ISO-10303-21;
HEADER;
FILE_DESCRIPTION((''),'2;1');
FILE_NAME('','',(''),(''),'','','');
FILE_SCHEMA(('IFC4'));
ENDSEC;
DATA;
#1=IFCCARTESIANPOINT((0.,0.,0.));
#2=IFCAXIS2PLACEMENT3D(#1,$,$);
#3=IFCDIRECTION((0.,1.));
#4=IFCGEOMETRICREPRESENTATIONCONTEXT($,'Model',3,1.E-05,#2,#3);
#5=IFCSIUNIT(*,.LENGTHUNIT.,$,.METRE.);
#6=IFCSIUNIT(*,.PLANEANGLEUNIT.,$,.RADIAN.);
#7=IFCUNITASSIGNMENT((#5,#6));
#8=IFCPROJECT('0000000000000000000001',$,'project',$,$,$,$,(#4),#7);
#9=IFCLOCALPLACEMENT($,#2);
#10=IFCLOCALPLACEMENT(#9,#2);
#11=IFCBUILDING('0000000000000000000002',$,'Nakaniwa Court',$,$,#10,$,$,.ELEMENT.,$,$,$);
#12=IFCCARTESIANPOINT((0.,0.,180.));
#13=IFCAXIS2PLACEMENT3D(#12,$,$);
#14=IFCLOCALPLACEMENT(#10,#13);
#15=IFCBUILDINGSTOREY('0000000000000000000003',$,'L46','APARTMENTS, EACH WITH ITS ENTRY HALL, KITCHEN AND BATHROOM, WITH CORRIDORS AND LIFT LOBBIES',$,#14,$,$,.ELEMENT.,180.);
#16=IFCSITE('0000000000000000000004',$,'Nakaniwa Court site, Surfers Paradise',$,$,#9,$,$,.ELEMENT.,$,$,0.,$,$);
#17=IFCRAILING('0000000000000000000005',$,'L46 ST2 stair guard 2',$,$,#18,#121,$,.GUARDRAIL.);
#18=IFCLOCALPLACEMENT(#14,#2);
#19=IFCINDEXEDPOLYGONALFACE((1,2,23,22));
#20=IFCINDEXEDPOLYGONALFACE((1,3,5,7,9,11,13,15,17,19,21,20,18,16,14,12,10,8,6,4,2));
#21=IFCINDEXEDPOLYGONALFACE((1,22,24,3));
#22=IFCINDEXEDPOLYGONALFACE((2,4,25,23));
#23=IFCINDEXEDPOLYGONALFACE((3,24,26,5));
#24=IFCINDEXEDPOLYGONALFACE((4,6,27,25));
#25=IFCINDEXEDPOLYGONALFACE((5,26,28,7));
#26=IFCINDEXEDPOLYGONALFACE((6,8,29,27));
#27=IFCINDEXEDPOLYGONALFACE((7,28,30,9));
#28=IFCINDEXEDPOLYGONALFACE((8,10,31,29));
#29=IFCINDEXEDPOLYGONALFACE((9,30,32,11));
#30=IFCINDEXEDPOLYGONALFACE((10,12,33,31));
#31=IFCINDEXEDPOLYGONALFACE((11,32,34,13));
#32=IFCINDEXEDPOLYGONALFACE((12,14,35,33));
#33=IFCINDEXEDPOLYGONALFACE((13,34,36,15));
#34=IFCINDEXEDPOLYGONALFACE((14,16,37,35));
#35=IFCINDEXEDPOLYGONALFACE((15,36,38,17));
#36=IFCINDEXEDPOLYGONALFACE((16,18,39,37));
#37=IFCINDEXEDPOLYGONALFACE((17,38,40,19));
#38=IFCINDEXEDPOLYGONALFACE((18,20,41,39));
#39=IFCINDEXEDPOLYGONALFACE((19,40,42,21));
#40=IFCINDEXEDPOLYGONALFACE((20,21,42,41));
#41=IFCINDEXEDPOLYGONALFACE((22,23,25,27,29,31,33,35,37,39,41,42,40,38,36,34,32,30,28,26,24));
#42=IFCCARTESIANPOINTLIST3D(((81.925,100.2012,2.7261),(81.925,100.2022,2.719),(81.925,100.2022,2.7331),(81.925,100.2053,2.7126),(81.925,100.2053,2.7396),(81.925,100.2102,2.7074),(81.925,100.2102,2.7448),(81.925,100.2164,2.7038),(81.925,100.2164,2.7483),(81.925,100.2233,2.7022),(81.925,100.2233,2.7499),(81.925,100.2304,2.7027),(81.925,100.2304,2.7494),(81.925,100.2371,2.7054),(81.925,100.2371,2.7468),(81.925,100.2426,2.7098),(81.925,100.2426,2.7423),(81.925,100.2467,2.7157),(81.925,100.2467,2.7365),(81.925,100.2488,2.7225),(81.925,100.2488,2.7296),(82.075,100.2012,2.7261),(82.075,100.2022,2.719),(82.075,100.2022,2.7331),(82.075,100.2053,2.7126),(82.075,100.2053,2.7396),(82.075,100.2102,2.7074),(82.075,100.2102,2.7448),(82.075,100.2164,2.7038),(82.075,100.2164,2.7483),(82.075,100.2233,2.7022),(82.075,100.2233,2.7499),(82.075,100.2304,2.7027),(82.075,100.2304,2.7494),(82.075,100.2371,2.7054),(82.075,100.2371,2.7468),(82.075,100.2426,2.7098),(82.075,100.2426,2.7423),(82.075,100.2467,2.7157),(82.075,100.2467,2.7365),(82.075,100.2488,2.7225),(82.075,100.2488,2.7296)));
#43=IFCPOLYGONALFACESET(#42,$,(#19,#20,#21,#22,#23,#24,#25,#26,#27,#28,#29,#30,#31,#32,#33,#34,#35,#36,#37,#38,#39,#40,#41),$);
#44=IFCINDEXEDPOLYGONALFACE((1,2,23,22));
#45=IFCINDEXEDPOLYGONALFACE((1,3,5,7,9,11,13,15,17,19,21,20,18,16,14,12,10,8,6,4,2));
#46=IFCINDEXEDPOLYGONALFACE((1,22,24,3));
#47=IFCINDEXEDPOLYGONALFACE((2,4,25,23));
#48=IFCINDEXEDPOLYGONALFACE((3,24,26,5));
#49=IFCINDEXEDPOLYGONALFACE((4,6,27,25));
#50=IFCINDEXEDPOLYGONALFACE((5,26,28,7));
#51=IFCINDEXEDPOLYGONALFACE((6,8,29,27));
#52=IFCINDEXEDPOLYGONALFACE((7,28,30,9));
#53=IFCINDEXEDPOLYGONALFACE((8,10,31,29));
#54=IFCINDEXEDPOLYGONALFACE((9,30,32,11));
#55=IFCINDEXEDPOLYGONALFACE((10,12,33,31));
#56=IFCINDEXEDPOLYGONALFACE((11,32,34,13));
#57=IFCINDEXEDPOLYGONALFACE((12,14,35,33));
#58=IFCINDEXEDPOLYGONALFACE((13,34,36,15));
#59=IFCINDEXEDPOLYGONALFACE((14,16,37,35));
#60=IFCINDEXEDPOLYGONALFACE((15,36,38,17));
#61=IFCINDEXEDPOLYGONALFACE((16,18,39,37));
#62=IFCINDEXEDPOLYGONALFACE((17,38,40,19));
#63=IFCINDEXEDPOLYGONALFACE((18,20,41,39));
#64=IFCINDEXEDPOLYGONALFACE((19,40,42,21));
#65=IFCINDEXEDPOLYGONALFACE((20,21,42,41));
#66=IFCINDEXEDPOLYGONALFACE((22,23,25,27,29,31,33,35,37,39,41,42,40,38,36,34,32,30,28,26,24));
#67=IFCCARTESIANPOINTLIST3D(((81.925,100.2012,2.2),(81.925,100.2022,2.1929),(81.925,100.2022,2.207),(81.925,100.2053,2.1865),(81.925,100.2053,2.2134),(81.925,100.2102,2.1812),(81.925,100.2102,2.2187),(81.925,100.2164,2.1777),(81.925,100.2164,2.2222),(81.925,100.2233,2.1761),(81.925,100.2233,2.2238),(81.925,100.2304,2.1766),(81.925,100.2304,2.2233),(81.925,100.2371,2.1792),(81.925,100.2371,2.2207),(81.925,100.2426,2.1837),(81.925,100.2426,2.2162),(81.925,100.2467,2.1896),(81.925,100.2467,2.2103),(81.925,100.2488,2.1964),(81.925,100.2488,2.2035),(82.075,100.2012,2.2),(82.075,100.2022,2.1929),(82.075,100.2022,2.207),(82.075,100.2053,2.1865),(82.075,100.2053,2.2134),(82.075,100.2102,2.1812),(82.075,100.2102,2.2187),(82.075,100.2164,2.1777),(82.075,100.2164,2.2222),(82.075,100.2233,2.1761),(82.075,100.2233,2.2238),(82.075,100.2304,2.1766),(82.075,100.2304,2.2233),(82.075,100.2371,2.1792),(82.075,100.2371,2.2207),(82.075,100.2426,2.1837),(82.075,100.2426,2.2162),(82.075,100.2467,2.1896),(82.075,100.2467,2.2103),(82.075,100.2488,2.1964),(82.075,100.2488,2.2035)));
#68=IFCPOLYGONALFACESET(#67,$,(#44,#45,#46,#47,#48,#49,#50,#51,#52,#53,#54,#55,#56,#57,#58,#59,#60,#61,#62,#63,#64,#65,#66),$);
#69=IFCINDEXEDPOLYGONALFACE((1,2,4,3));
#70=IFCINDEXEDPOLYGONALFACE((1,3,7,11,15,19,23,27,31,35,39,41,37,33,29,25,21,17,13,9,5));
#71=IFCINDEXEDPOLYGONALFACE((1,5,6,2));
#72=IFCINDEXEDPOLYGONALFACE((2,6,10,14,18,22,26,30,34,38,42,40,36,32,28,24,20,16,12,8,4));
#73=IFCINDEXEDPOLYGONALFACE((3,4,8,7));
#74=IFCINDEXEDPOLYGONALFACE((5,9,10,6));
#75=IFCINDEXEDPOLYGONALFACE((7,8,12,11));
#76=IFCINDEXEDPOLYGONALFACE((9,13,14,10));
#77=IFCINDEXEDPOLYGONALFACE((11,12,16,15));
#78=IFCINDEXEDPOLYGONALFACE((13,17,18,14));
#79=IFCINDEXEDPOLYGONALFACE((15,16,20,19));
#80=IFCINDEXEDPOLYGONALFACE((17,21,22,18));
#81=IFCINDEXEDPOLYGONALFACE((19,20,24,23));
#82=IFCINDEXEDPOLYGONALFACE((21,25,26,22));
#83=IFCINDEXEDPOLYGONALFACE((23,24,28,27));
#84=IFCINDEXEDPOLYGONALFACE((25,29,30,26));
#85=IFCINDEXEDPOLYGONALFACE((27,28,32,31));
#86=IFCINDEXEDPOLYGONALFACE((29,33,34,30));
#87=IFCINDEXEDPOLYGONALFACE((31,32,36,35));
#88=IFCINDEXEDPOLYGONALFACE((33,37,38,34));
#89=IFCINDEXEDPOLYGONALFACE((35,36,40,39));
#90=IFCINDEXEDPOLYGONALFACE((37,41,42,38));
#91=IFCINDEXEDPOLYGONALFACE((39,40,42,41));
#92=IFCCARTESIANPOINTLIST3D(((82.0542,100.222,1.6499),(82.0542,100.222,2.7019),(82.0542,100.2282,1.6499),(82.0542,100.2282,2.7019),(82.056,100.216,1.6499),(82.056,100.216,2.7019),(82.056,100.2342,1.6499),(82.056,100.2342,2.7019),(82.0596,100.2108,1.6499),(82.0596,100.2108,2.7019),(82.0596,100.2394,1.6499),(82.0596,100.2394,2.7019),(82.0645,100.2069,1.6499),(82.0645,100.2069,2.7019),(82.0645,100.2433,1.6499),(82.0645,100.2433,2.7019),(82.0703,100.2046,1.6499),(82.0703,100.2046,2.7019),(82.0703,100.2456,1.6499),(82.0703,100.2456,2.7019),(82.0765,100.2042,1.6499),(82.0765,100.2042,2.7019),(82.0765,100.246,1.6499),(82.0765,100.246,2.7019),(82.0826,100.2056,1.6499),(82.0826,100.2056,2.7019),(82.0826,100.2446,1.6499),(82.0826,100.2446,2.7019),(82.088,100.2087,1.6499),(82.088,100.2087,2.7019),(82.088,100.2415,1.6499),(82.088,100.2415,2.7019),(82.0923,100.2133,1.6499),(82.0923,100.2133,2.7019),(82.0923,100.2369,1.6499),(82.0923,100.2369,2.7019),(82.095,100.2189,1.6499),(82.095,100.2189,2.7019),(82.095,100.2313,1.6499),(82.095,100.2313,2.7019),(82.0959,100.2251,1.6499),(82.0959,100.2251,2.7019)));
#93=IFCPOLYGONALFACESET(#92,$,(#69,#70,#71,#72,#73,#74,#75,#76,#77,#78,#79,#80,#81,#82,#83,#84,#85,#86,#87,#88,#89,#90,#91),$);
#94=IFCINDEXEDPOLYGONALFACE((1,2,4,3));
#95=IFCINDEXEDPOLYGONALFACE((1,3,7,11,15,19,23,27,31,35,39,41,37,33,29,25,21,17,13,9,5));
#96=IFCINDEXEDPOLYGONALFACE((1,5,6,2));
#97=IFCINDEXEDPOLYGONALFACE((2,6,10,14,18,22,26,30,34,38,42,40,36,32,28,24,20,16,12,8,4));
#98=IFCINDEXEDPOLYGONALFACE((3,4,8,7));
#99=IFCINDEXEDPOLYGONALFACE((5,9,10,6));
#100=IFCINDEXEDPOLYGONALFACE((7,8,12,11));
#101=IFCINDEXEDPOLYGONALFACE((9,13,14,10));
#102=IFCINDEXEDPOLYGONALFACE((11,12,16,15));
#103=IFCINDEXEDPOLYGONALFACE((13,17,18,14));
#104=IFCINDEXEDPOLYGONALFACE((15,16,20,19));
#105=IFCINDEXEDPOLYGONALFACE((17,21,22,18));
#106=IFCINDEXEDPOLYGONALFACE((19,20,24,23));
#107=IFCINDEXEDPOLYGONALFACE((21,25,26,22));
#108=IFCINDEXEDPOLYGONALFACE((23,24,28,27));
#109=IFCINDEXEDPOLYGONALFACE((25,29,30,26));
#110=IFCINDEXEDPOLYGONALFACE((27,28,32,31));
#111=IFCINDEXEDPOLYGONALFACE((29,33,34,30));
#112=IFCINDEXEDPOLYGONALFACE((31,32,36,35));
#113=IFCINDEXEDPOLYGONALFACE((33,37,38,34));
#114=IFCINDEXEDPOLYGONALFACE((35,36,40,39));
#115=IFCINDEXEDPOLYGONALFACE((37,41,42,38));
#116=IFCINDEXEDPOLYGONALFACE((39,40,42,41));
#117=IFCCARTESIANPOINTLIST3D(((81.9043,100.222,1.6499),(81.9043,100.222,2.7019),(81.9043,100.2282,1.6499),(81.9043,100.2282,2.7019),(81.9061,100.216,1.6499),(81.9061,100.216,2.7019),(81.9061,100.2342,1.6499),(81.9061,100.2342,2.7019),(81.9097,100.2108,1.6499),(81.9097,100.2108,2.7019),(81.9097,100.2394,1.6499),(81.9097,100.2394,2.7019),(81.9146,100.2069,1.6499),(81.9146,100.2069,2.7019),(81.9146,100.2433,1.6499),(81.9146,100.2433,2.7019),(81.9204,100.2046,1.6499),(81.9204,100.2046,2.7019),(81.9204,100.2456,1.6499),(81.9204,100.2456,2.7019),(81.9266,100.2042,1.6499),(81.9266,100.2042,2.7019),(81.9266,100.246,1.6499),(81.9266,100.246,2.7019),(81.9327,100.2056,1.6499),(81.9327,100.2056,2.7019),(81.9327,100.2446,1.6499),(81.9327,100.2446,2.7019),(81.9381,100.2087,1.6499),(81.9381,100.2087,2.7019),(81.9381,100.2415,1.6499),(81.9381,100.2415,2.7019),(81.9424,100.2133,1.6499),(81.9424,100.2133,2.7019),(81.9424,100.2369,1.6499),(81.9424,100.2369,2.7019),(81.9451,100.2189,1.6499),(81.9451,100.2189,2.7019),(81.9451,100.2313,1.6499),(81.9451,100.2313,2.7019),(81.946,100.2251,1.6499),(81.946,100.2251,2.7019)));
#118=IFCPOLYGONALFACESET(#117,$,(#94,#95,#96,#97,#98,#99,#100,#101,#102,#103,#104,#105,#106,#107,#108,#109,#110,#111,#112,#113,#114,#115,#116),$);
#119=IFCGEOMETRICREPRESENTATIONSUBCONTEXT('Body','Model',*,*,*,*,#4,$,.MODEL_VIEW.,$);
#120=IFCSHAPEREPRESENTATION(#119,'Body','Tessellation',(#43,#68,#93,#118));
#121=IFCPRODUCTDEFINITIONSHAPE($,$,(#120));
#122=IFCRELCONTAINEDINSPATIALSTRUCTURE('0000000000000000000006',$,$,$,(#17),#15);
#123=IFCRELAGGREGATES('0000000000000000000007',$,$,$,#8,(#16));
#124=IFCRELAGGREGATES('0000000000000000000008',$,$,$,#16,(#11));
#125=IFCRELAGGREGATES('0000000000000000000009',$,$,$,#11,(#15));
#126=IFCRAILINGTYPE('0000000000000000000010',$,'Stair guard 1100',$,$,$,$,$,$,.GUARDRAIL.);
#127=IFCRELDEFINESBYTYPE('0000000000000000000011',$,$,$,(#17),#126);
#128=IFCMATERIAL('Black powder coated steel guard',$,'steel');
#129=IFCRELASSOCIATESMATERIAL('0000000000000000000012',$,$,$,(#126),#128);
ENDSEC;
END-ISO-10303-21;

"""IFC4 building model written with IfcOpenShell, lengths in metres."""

from ifc_helpers import new_model, si_unit, direction, frame, origin, origin_2d, place, context, subcontext, project, spatial, circle, extrude, material, type_object, element, save


model = new_model("IFC4")

# Units and contexts
model_context = context("Model", 3, precision=1e-05, world=origin(), true_north=direction((0.0, 1.0)))
body_context = subcontext(model_context, "Body", "Model", "MODEL_VIEW")
ifc_project = project(units=[si_unit("LENGTHUNIT", "METRE"), si_unit("PLANEANGLEUNIT", "RADIAN")], contexts=[model_context])

# Site, building, storey
site_placement = place(None, origin())
site = spatial("IfcSite", under=ifc_project, at=site_placement, Name="Nakaniwa Court site, Surfers Paradise", CompositionType="ELEMENT", RefElevation=0.0)
building_placement = place(site_placement, origin())
building = spatial("IfcBuilding", under=site, at=building_placement, Name="Nakaniwa Court", CompositionType="ELEMENT")
storey_placement = place(building_placement, frame((0.0, 0.0, 180.0)))
storey = spatial("IfcBuildingStorey", under=building, at=storey_placement, Name="L46", Description="APARTMENTS, EACH WITH ITS ENTRY HALL, KITCHEN AND BATHROOM, WITH CORRIDORS AND LIFT LOBBIES", CompositionType="ELEMENT", Elevation=180.0)

# Railing
ifc_material_1 = material(Name="Black powder coated steel guard", Category="steel")
railing_type_1 = type_object("IfcRailingType", Name="Stair guard 1100", PredefinedType="GUARDRAIL", material=ifc_material_1)
railing_1_placement = place(storey_placement, frame((82.075, 100.2251, 1.6499)))
element("IfcRailing", 1, at=railing_1_placement, inside=storey, type_object=railing_type_1, Name="L46 ST2 stair guard 2", PredefinedType="GUARDRAIL", context=body_context, shape_type="SweptSolid", body=[
    extrude(circle(Radius=0.0239, at=origin_2d()), frame((0.0, 0.0, 1.0762), z_axis=(-1.0, 0.0, 0.0), x_axis=(0.0, -1.0, 0.0)), (0.0, 0.0, 1.0), 0.1499),
    extrude(circle(Radius=0.0239, at=origin_2d()), frame((0.0, 0.0, 0.55), z_axis=(-1.0, 0.0, 0.0), x_axis=(0.0, -1.0, 0.0)), (0.0, 0.0, 1.0), 0.1499),
    extrude(circle(Radius=0.021, at=origin_2d()), origin(), (0.0, 0.0, 1.0), 1.052),
    extrude(circle(Radius=0.021, at=origin_2d()), frame((-0.1499, 0.0, 0.0)), (0.0, 0.0, 1.0), 1.052),
])

save(model, "model.ifc")
